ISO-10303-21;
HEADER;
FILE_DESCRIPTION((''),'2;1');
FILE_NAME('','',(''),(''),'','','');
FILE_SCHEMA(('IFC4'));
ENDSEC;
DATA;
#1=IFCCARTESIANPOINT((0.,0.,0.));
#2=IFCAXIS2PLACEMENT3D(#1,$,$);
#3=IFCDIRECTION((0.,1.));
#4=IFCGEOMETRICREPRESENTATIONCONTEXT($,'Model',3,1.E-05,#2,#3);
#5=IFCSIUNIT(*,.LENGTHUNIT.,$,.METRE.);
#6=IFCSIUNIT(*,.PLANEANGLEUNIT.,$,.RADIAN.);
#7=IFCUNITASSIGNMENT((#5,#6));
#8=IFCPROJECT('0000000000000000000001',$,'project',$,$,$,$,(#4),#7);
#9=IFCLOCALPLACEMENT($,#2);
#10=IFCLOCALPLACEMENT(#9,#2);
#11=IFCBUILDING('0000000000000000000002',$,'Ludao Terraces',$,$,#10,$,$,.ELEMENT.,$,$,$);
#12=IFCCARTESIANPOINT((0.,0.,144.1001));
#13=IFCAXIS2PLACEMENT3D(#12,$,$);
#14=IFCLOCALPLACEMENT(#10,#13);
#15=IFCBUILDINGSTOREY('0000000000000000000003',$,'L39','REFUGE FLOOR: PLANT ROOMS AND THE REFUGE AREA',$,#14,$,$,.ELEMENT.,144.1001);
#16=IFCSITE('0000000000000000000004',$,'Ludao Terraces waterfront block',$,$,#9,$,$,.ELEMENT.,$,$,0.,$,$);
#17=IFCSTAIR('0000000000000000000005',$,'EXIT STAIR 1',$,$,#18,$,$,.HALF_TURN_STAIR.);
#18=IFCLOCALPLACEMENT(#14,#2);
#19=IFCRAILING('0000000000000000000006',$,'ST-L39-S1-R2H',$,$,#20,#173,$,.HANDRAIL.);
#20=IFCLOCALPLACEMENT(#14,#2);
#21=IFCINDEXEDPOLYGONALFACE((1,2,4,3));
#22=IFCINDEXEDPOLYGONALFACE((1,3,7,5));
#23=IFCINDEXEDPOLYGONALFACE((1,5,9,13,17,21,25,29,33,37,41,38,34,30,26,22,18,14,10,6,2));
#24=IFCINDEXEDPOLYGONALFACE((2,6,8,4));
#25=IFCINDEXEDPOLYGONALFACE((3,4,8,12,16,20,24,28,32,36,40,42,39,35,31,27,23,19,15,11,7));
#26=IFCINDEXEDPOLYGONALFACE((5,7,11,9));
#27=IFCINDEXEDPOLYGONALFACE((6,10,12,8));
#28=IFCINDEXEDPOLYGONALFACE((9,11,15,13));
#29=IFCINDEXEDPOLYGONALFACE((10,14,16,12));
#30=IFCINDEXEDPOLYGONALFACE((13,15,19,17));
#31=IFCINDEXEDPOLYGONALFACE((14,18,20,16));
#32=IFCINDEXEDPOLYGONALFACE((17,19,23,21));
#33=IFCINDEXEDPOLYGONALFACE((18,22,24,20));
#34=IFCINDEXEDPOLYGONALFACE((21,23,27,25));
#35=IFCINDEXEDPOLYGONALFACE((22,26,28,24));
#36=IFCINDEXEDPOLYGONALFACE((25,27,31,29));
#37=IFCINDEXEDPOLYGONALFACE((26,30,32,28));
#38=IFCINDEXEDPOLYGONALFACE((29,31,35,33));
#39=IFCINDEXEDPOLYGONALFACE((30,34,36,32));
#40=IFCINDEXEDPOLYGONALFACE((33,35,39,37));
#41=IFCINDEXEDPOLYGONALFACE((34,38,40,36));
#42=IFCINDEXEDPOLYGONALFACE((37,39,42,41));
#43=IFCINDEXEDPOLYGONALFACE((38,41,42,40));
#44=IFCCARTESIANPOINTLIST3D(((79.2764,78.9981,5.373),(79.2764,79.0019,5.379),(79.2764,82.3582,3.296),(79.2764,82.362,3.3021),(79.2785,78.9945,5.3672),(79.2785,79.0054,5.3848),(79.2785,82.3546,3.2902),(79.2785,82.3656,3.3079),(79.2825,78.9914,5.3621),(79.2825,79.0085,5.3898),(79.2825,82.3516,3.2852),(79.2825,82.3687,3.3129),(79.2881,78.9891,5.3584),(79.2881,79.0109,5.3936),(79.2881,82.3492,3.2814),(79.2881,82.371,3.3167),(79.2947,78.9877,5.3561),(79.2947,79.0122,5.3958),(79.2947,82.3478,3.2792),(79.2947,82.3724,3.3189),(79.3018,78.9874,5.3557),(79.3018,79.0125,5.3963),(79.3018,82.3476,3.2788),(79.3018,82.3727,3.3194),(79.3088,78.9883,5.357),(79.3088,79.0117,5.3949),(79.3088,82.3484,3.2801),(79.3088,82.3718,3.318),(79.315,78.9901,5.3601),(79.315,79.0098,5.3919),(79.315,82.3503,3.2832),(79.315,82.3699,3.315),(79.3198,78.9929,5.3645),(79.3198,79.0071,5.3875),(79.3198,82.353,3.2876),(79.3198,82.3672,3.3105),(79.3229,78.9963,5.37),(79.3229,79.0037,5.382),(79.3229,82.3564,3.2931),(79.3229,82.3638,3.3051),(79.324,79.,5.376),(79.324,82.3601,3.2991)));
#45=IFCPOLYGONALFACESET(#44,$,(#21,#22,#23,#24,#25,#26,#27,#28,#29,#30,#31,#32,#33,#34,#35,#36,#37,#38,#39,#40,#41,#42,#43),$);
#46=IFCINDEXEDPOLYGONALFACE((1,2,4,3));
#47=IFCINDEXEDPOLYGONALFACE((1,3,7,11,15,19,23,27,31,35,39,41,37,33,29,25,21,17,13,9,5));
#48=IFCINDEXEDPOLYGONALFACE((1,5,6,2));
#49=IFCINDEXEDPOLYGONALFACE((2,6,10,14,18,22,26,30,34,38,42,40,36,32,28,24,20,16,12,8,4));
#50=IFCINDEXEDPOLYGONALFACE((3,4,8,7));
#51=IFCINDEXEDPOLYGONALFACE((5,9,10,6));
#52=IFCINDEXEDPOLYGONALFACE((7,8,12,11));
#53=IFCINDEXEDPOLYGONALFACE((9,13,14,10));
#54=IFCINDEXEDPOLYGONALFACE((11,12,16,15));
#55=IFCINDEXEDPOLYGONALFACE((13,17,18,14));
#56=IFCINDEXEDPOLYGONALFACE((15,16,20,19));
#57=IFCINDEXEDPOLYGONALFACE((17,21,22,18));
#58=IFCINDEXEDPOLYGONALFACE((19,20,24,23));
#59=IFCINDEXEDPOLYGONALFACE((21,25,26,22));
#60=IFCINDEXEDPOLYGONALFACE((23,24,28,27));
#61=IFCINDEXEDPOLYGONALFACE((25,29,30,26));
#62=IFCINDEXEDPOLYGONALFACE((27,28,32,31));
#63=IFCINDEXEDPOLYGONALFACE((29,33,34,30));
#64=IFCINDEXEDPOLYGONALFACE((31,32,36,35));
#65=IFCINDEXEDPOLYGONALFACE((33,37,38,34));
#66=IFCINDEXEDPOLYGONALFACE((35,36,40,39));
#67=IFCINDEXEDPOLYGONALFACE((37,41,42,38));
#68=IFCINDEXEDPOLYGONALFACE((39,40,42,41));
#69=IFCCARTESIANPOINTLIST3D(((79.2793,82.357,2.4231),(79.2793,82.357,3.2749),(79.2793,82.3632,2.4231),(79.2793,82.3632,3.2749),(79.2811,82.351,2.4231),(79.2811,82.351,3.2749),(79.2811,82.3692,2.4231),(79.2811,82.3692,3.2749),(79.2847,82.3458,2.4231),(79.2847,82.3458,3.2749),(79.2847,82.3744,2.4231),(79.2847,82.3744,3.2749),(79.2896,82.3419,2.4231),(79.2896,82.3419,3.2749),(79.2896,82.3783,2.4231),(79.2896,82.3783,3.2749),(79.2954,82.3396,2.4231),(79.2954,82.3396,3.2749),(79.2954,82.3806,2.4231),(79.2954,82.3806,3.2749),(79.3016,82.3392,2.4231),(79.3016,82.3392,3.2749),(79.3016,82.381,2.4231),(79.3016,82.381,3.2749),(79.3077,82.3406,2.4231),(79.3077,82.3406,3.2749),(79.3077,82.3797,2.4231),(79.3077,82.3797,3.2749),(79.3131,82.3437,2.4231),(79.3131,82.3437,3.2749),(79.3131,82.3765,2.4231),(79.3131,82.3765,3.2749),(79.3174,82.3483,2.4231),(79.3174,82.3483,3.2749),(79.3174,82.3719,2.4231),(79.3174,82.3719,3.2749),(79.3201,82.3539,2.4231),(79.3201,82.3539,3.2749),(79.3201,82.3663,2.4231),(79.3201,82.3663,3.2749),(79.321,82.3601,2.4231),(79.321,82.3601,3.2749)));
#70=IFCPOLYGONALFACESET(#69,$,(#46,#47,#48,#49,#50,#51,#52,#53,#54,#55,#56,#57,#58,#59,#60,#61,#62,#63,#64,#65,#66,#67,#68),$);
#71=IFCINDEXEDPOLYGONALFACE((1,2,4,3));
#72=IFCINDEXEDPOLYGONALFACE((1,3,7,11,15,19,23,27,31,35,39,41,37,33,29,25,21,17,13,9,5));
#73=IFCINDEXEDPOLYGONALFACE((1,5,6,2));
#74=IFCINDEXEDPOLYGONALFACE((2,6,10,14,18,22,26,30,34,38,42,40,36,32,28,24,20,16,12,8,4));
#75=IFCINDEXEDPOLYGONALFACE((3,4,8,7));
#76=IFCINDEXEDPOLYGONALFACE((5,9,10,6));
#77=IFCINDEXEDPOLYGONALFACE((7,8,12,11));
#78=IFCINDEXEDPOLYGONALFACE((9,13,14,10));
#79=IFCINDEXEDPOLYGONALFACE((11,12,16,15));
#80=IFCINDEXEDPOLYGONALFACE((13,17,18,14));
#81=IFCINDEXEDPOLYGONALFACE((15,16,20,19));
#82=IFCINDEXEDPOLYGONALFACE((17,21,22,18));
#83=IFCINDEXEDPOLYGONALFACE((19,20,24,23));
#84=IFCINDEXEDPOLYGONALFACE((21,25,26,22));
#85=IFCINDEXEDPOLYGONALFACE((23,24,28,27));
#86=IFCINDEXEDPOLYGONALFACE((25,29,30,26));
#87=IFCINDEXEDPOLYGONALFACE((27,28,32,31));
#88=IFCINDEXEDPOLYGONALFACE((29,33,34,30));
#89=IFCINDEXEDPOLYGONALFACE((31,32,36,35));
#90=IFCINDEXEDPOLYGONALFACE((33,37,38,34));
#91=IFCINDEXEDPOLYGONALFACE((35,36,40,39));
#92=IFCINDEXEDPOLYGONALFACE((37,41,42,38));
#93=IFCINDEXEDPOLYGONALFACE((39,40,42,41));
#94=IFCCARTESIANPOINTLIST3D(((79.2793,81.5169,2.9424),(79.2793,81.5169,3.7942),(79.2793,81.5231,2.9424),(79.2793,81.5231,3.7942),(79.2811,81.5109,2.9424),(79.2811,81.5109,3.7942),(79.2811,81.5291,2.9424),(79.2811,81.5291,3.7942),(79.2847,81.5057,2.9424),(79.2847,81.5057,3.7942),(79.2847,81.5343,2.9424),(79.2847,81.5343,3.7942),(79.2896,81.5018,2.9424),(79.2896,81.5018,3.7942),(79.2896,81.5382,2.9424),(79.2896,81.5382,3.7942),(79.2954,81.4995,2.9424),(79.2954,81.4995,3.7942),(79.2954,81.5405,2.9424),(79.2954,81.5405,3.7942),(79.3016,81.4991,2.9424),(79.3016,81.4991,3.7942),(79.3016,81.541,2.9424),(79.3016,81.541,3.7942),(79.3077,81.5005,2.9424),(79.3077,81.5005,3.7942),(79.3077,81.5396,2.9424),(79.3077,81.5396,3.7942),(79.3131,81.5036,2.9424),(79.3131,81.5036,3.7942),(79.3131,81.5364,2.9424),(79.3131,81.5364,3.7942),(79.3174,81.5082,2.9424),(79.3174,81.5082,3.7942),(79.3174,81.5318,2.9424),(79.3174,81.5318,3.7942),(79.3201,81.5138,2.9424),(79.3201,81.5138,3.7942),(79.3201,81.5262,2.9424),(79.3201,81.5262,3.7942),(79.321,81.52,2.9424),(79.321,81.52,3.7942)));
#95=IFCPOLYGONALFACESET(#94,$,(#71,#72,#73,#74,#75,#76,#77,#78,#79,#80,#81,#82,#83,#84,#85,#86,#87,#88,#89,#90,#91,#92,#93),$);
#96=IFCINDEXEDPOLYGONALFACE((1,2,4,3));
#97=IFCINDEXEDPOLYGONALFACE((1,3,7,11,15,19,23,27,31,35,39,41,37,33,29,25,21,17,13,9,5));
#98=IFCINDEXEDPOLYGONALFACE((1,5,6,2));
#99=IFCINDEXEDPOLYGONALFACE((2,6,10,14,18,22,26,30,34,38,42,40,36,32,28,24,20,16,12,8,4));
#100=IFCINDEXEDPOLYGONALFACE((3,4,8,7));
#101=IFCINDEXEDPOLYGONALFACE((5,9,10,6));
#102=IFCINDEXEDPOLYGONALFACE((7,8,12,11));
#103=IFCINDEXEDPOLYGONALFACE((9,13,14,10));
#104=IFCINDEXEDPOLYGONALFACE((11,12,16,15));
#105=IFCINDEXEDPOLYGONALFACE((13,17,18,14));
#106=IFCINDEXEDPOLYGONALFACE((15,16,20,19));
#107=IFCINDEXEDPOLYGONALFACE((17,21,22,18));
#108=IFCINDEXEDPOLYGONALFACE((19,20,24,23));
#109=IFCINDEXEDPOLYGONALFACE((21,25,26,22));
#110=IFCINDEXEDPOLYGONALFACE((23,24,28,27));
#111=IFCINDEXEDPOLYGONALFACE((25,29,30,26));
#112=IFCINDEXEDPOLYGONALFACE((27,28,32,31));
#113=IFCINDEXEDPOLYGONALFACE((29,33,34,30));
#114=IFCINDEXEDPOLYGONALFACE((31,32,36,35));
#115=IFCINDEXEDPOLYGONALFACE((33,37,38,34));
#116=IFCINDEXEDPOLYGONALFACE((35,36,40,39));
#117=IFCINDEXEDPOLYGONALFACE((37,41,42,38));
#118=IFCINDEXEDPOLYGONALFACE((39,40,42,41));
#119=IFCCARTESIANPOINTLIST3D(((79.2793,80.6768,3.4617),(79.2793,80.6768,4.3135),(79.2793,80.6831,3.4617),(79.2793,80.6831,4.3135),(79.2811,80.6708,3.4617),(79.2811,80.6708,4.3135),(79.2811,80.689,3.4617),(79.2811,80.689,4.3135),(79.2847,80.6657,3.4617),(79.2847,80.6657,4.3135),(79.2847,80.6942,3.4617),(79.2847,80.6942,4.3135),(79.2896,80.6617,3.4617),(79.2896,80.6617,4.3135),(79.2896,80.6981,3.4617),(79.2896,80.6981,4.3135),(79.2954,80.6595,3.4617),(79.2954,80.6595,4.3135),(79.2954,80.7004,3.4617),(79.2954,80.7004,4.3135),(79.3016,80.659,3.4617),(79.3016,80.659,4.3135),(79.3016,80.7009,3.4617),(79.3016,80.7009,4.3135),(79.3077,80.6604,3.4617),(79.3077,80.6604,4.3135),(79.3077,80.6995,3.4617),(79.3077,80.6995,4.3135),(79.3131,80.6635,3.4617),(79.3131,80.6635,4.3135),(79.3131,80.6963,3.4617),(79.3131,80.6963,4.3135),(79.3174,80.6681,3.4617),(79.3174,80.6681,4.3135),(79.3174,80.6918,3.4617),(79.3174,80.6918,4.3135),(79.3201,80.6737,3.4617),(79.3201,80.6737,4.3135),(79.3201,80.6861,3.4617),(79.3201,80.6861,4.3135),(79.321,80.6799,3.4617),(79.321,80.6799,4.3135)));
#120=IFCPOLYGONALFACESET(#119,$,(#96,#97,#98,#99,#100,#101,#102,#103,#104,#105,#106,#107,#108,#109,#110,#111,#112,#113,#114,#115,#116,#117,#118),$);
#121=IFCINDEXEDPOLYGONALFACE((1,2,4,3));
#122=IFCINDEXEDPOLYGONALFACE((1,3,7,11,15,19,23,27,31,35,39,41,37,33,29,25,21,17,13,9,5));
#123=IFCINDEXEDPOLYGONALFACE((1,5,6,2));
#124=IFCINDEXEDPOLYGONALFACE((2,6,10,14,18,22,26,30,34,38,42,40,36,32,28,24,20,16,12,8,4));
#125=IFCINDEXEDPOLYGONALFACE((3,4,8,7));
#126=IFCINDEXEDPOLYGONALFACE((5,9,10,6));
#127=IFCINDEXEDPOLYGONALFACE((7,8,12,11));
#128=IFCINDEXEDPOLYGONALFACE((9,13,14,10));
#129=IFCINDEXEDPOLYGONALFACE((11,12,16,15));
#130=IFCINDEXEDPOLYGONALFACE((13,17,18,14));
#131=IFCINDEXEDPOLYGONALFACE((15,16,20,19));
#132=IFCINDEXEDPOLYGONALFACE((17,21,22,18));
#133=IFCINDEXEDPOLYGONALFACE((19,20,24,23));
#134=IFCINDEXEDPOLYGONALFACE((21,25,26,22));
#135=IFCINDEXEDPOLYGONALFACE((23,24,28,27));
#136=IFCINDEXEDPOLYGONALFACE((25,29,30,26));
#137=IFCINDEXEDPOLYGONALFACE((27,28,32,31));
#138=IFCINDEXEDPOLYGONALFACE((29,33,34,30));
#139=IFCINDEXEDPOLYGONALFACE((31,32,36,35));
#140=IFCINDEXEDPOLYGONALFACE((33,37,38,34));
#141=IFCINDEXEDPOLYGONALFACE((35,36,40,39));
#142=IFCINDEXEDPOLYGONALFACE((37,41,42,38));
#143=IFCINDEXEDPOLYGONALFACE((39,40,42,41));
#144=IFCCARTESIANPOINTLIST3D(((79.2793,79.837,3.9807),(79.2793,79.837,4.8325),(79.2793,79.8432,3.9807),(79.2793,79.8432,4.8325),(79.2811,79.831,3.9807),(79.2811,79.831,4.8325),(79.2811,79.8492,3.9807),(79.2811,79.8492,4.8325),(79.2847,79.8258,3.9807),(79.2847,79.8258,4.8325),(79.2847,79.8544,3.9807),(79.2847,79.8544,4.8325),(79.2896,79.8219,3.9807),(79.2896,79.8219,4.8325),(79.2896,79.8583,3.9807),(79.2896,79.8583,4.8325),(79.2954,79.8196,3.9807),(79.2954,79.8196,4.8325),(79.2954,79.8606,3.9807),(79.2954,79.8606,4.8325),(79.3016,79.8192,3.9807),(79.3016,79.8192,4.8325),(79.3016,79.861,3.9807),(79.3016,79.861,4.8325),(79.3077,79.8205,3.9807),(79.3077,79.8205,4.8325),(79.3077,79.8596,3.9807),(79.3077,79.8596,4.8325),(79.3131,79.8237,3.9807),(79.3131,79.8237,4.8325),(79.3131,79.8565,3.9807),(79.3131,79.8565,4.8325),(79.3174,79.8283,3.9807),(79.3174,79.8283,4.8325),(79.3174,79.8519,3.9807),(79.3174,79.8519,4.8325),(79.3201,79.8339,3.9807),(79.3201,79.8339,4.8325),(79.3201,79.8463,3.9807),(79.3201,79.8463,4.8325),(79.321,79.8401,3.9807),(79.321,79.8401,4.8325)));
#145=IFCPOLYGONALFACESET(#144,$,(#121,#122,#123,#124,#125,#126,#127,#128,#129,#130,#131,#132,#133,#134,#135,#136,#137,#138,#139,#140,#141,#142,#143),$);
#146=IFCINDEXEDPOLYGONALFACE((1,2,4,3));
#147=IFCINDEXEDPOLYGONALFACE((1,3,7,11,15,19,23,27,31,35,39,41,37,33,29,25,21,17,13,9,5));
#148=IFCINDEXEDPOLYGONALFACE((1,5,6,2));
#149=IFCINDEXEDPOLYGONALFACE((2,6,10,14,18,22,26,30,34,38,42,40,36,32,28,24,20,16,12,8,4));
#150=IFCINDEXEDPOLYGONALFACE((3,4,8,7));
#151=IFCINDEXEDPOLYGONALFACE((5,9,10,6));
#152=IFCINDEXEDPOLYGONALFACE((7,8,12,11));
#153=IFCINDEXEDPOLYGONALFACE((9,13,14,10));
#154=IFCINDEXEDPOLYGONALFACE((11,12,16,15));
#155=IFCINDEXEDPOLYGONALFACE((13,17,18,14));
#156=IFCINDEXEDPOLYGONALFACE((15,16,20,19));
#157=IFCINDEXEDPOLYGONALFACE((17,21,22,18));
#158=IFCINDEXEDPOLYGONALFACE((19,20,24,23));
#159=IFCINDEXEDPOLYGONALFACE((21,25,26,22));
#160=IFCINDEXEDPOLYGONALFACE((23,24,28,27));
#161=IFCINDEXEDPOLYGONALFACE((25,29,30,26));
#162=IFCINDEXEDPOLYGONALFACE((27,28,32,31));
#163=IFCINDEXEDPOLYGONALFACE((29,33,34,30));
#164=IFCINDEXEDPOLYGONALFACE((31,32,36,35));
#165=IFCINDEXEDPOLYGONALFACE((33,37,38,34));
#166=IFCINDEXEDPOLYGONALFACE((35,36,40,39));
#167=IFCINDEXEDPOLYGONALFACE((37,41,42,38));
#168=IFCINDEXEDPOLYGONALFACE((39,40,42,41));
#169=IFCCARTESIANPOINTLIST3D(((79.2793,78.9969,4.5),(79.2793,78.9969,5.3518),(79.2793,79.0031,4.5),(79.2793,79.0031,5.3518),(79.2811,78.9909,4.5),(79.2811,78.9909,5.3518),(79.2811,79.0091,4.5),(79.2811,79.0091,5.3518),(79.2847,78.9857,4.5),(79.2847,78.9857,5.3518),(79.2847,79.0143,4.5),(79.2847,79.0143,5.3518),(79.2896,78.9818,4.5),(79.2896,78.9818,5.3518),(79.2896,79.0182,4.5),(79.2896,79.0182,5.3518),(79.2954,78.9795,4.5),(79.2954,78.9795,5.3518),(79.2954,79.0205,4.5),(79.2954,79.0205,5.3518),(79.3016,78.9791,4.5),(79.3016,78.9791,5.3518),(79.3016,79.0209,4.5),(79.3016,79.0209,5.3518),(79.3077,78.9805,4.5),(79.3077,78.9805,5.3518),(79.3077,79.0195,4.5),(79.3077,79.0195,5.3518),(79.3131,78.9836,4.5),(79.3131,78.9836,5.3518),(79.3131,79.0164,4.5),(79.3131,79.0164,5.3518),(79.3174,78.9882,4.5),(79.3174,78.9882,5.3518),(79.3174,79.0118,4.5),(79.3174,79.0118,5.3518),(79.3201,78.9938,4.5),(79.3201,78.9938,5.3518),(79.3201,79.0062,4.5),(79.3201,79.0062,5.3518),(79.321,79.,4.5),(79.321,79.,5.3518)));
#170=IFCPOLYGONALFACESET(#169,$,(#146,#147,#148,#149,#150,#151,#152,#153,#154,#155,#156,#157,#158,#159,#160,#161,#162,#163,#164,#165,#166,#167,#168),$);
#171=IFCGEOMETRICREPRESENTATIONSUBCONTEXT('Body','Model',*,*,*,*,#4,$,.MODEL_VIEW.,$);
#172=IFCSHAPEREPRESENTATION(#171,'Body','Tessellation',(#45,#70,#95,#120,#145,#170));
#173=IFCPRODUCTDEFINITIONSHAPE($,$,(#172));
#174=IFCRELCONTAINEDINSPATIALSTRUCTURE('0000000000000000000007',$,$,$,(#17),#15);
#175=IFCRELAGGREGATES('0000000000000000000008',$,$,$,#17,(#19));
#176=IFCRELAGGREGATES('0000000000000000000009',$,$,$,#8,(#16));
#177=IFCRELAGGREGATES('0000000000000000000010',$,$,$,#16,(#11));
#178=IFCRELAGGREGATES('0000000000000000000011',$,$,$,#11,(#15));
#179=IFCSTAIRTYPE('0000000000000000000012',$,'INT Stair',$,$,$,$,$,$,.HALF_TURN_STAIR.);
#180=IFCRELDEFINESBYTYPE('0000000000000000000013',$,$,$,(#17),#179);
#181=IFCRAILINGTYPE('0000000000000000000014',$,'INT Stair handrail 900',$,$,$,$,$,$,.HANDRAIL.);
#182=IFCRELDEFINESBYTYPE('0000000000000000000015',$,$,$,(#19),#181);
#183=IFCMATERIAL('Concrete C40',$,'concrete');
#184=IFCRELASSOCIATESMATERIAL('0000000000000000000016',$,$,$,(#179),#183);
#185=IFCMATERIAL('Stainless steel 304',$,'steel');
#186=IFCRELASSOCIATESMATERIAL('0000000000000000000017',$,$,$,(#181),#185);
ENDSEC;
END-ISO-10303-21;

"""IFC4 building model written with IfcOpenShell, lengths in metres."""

from ifc_helpers import new_model, si_unit, direction, frame, origin, origin_2d, place, context, subcontext, project, spatial, circle, extrude, material, type_object, element, aggregate, save


model = new_model("IFC4")

# Units and contexts
model_context = context("Model", 3, precision=1e-05, world=origin(), true_north=direction((0.0, 1.0)))
body_context = subcontext(model_context, "Body", "Model", "MODEL_VIEW")
ifc_project = project(units=[si_unit("LENGTHUNIT", "METRE"), si_unit("PLANEANGLEUNIT", "RADIAN")], contexts=[model_context])

# Site, building, storey
site_placement = place(None, origin())
site = spatial("IfcSite", under=ifc_project, at=site_placement, Name="Ludao Terraces waterfront block", CompositionType="ELEMENT", RefElevation=0.0)
building_placement = place(site_placement, origin())
building = spatial("IfcBuilding", under=site, at=building_placement, Name="Ludao Terraces", CompositionType="ELEMENT")
storey_placement = place(building_placement, frame((0.0, 0.0, 144.1001)))
storey = spatial("IfcBuildingStorey", under=building, at=storey_placement, Name="L39", Description="REFUGE FLOOR: PLANT ROOMS AND THE REFUGE AREA", CompositionType="ELEMENT", Elevation=144.1001)

# Shared definitions
ifc_material_1 = material(Name="Stainless steel 304", Category="steel")

# Stair, railing
ifc_material_2 = material(Name="Concrete C40", Category="concrete")
stair_type = type_object("IfcStairType", Name="INT Stair", PredefinedType="HALF_TURN_STAIR", material=ifc_material_2)
stair_placement = place(storey_placement, origin())
stair = element("IfcStair", 1, at=stair_placement, inside=storey, type_object=stair_type, Name="EXIT STAIR 1", PredefinedType="HALF_TURN_STAIR")
railing_type_1 = type_object("IfcRailingType", Name="INT Stair handrail 900", PredefinedType="HANDRAIL", material=ifc_material_1)
railing_1_placement = place(storey_placement, frame((79.3, 82.3601, 2.4231)))
railing_1 = element("IfcRailing", 2, at=railing_1_placement, type_object=railing_type_1, Name="ST-L39-S1-R2H", PredefinedType="HANDRAIL", context=body_context, shape_type="SweptSolid", body=[
    extrude(circle(Radius=0.0239, at=origin_2d()), frame((0.0, 0.0, 0.876), z_axis=(0.0, -0.850623, 0.525776), x_axis=(1.0, 0.0, 0.0)), (0.0, 0.0, 1.0), 3.9502),
    extrude(circle(Radius=0.021, at=origin_2d()), origin(), (0.0, 0.0, 1.0), 0.8518),
    extrude(circle(Radius=0.021, at=origin_2d()), frame((0.0, -0.8401, 0.5193)), (0.0, 0.0, 1.0), 0.8518),
    extrude(circle(Radius=0.021, at=origin_2d()), frame((0.0, -1.6802, 1.0386)), (0.0, 0.0, 1.0), 0.8518),
    extrude(circle(Radius=0.021, at=origin_2d()), frame((0.0, -2.52, 1.5576)), (0.0, 0.0, 1.0), 0.8518),
    extrude(circle(Radius=0.021, at=origin_2d()), frame((0.0, -3.3601, 2.0769)), (0.0, 0.0, 1.0), 0.8518),
])
aggregate(stair, [railing_1])

save(model, "model.ifc")
